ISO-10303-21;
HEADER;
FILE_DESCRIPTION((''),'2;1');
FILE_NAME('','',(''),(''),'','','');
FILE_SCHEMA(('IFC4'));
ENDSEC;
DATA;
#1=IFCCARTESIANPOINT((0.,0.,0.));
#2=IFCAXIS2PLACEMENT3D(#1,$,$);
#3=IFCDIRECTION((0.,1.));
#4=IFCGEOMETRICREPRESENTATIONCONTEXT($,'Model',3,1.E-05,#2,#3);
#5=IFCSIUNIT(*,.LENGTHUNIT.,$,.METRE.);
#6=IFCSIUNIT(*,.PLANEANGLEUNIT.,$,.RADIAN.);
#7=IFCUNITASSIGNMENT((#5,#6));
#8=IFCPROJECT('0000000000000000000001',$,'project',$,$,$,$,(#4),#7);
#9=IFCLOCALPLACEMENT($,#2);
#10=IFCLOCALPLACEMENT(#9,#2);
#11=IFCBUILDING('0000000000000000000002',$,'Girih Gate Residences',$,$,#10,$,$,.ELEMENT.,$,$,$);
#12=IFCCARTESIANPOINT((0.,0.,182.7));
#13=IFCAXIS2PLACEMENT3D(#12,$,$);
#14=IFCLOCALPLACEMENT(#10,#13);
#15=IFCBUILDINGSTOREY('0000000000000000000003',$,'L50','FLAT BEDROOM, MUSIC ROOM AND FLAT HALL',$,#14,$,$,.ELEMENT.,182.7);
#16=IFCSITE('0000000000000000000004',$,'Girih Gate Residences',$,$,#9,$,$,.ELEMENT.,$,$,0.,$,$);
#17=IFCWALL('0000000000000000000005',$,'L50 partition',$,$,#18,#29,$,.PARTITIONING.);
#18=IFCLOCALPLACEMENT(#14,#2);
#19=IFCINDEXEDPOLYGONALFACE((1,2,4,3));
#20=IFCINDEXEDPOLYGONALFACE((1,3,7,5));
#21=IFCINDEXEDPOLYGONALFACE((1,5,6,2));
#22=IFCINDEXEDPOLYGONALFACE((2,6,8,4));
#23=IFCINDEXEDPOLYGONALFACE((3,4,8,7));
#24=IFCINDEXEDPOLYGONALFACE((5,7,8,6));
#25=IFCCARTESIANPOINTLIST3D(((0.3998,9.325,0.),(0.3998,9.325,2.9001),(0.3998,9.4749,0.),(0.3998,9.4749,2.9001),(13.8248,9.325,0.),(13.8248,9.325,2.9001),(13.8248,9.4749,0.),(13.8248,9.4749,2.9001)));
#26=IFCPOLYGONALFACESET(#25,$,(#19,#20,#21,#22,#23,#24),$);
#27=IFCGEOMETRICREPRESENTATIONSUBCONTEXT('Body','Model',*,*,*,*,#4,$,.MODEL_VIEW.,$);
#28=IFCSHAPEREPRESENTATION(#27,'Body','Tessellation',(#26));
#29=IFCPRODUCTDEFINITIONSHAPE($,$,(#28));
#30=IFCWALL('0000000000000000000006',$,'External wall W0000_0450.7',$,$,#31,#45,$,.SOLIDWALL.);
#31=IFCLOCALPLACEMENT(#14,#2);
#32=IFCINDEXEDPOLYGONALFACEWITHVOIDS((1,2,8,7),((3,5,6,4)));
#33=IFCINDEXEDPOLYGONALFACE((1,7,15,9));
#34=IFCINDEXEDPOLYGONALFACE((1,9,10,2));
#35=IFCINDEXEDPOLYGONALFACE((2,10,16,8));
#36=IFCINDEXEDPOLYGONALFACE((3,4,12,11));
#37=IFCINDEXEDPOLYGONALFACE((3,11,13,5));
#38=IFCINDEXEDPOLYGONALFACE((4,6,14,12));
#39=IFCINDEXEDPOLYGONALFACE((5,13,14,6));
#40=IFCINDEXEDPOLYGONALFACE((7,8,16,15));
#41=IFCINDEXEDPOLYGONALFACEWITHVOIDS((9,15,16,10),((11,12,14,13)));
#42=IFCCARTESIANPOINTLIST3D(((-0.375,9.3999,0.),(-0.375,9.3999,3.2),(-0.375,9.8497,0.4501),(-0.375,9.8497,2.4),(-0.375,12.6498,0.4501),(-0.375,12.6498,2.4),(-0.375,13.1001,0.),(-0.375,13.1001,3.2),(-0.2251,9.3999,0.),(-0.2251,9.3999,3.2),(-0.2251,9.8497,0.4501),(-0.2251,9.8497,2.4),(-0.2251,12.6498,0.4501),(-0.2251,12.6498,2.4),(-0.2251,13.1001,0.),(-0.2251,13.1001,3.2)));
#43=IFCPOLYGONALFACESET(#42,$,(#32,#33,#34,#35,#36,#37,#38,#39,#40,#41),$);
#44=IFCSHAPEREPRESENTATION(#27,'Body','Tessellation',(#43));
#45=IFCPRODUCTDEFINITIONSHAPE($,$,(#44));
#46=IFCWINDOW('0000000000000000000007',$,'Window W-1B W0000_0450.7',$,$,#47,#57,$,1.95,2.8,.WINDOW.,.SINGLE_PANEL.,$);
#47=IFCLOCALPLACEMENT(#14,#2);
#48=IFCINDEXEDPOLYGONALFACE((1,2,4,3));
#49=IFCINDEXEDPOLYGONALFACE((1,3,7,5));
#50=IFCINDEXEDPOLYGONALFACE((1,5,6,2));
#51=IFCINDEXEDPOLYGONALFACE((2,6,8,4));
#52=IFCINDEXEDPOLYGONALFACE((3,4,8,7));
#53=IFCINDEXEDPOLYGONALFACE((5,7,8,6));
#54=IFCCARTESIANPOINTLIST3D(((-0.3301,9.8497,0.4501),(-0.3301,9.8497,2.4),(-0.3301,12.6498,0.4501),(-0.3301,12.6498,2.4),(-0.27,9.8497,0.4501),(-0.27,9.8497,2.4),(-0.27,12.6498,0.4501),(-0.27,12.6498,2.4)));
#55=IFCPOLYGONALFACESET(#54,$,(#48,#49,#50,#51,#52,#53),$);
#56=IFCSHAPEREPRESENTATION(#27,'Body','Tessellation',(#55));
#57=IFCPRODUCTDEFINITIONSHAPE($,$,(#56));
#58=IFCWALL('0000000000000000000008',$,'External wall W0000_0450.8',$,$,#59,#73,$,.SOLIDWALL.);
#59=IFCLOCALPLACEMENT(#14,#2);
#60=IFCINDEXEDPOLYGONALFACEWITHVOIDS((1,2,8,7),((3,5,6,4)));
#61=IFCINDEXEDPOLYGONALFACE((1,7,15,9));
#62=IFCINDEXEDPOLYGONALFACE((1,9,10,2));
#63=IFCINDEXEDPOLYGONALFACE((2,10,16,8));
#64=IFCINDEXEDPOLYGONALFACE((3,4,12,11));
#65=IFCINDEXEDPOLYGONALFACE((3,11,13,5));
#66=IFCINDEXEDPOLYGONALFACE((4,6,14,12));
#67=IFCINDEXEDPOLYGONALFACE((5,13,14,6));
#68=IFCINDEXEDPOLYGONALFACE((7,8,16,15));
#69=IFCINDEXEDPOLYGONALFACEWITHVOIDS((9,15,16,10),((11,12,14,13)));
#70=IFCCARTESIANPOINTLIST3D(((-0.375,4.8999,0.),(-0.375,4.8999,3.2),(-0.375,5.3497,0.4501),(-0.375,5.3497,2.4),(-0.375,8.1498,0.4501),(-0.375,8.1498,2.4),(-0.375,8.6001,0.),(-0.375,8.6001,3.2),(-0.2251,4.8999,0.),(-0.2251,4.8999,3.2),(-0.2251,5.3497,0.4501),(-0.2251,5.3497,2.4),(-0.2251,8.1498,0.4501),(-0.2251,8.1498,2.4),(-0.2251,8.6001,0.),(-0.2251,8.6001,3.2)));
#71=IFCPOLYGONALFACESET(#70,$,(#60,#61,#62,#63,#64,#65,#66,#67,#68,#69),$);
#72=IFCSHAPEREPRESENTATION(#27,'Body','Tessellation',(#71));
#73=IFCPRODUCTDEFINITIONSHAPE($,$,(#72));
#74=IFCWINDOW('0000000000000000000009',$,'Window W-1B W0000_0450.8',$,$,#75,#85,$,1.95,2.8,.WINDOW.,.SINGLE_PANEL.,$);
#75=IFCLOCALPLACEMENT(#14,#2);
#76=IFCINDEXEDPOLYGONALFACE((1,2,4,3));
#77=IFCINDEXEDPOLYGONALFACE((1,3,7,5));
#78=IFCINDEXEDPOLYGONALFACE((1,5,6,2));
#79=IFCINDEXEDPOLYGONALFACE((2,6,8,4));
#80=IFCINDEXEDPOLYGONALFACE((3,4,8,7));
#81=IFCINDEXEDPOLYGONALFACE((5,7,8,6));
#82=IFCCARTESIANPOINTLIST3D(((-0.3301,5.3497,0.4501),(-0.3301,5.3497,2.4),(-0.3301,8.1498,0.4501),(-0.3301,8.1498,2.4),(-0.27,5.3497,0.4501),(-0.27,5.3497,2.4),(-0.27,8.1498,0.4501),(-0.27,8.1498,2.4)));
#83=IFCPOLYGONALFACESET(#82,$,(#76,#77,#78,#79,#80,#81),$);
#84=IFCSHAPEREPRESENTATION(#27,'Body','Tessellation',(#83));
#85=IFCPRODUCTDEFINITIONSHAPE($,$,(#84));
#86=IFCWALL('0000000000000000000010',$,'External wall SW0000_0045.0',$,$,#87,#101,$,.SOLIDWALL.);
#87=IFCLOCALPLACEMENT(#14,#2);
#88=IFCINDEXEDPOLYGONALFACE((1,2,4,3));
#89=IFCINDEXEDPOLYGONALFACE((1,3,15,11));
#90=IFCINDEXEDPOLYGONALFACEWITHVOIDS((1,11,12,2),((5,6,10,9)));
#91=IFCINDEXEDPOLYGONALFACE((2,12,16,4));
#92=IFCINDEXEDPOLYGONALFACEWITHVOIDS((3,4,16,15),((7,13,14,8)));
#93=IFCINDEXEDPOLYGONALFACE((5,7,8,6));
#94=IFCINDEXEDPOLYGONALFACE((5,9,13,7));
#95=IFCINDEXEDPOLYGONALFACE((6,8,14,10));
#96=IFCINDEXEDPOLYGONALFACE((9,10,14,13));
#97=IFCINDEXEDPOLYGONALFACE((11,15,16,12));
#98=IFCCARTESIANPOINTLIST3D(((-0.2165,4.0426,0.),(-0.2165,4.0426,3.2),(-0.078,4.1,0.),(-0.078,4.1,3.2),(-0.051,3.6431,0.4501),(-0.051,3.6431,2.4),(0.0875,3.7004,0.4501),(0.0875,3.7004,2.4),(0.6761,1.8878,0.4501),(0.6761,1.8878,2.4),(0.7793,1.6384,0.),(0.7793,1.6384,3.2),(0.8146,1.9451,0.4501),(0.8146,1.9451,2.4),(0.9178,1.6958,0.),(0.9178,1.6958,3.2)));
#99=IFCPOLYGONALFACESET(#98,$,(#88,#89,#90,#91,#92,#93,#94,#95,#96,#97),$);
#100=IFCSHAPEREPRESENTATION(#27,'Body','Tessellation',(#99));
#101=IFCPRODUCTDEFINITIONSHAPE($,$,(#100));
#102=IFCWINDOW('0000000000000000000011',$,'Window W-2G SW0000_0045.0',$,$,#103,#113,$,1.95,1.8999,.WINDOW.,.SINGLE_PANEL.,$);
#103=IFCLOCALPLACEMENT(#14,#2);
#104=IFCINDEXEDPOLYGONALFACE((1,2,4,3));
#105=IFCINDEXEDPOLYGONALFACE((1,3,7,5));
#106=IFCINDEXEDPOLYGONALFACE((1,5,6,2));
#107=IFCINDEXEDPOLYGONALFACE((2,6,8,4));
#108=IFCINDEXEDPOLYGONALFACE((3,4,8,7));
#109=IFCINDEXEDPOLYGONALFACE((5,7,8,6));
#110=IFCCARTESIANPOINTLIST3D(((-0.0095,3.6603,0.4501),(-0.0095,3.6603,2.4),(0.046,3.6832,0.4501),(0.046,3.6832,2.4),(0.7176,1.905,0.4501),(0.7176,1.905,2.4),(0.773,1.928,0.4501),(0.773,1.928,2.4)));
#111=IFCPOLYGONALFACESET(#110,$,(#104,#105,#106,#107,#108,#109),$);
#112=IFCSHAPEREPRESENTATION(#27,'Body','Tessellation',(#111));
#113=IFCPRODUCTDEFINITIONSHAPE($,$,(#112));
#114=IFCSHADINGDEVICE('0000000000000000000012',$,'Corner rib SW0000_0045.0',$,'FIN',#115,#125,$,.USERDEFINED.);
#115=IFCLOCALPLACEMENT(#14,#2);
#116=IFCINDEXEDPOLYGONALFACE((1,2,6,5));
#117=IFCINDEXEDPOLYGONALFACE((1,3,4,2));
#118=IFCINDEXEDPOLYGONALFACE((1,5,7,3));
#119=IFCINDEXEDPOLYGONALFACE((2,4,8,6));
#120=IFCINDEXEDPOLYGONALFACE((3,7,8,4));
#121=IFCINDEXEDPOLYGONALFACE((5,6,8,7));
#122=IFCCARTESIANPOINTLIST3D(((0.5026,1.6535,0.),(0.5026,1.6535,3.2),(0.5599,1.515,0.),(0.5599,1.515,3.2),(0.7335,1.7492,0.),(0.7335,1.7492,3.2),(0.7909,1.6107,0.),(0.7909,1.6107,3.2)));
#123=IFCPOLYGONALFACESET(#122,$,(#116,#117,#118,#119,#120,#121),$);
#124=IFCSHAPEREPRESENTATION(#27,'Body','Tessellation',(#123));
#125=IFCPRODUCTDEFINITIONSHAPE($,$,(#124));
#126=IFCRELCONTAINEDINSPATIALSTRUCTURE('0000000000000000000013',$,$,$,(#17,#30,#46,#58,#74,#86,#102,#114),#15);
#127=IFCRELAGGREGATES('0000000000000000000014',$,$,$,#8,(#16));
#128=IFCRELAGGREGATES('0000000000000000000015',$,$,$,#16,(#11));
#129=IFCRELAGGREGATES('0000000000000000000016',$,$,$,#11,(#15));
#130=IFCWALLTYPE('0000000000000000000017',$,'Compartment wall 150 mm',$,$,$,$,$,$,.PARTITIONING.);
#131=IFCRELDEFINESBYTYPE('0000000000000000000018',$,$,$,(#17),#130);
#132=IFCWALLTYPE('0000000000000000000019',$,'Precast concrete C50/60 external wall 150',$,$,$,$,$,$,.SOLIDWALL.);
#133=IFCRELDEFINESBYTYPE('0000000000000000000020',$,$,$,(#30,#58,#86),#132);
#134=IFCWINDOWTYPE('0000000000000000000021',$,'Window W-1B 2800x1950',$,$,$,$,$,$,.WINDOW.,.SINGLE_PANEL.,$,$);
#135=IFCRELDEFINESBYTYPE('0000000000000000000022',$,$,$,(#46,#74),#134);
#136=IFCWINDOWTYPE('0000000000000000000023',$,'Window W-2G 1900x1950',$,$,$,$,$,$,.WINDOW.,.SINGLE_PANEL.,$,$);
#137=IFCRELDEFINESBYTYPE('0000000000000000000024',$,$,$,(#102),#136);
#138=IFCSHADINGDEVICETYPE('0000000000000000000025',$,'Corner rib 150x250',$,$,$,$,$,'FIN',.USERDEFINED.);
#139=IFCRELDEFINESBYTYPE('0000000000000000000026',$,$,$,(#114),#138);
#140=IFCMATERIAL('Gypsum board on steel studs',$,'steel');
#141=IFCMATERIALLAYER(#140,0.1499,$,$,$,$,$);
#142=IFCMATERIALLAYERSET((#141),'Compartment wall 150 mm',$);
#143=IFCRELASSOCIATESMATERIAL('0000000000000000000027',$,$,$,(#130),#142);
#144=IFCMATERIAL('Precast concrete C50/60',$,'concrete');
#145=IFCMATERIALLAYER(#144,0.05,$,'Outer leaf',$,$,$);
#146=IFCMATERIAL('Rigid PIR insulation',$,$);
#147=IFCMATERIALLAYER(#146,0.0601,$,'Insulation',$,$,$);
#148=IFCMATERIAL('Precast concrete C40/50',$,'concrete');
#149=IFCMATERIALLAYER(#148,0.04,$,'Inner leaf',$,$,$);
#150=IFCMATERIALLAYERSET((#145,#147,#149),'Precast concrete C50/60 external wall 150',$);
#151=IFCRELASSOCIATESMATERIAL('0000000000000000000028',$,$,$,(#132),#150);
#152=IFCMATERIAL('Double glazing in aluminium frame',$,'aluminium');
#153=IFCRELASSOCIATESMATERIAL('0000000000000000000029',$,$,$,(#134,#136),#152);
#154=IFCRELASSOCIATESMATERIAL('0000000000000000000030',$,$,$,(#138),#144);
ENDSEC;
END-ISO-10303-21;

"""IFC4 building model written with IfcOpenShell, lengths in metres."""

from ifc_helpers import new_model, si_unit, direction, frame, frame_2d, origin, origin_2d, place, context, subcontext, project, spatial, rectangle, extrude, material, layer, layer_set, type_object, element, fill, save


model = new_model("IFC4")

# Units and contexts
model_context = context("Model", 3, precision=1e-05, world=origin(), true_north=direction((0.0, 1.0)))
body_context = subcontext(model_context, "Body", "Model", "MODEL_VIEW")
ifc_project = project(units=[si_unit("LENGTHUNIT", "METRE"), si_unit("PLANEANGLEUNIT", "RADIAN")], contexts=[model_context])

# Site, building, storey
site_placement = place(None, origin())
site = spatial("IfcSite", under=ifc_project, at=site_placement, Name="Girih Gate Residences", CompositionType="ELEMENT", RefElevation=0.0)
building_placement = place(site_placement, origin())
building = spatial("IfcBuilding", under=site, at=building_placement, Name="Girih Gate Residences", CompositionType="ELEMENT")
storey_placement = place(building_placement, frame((0.0, 0.0, 182.7)))
storey = spatial("IfcBuildingStorey", under=building, at=storey_placement, Name="L50", Description="FLAT BEDROOM, MUSIC ROOM AND FLAT HALL", CompositionType="ELEMENT", Elevation=182.7)

# Wall
ifc_material_1 = material(Name="Gypsum board on steel studs", Category="steel")
ifc_layer_1 = layer(ifc_material_1, 0.1499)
ifc_layer_set_1 = layer_set([ifc_layer_1], Name="Compartment wall 150 mm")
wall_type_1 = type_object("IfcWallType", Name="Compartment wall 150 mm", PredefinedType="PARTITIONING", material=ifc_layer_set_1)
wall_1_placement = place(storey_placement, frame((0.3999, 9.3999, 0.0), z_axis=(0.0, 0.0, 1.0), x_axis=(1.0, 0.0, 0.0)))
element("IfcWall", 1, at=wall_1_placement, inside=storey, type_object=wall_type_1, Name="L50 partition", PredefinedType="PARTITIONING", context=body_context, shape_type="SweptSolid", body=[
    extrude(rectangle(XDim=13.425, YDim=0.1499, at=frame_2d((6.7124, 0.0))), origin(), (0.0, 0.0, 1.0), 2.9001),
])

# Walls, openings, windows
ifc_material_2 = material(Name="Precast concrete C50/60", Category="concrete")
ifc_layer_2 = layer(ifc_material_2, 0.05, Name="Outer leaf")
ifc_material_3 = material(Name="Rigid PIR insulation")
ifc_layer_3 = layer(ifc_material_3, 0.0601, Name="Insulation")
ifc_material_4 = material(Name="Precast concrete C40/50", Category="concrete")
ifc_layer_4 = layer(ifc_material_4, 0.04, Name="Inner leaf")
ifc_layer_set_2 = layer_set([ifc_layer_2, ifc_layer_3, ifc_layer_4], Name="Precast concrete C50/60 external wall 150")
wall_type_2 = type_object("IfcWallType", Name="Precast concrete C50/60 external wall 150", PredefinedType="SOLIDWALL", material=ifc_layer_set_2)
wall_2_placement = place(storey_placement, frame((-0.3, 9.3999, 0.0), z_axis=(0.0, 0.0, 1.0), x_axis=(0.0, 1.0, 0.0)))
wall_2 = element("IfcWall", 2, at=wall_2_placement, inside=storey, type_object=wall_type_2, Name="External wall W0000_0450.7", PredefinedType="SOLIDWALL", context=body_context, shape_type="SweptSolid", body=[
    extrude(rectangle(XDim=3.7002, YDim=0.1499, at=frame_2d((1.8501, 0.0))), origin(), (0.0, 0.0, 1.0), 3.2),
])
opening_1_placement = place(wall_2_placement, frame((0.45, 0.0, 0.45)))
opening_1 = element("IfcOpeningElement", 3, at=opening_1_placement, cuts=wall_2, PredefinedType="OPENING", context=body_context, shape_type="SweptSolid", body=[
    extrude(rectangle(XDim=2.8, YDim=1.95, at=frame_2d((1.3999, 0.9751))), frame((0.0, 0.085, 0.0), z_axis=(0.0, -1.0, 0.0), x_axis=(1.0, 0.0, 0.0)), (0.0, 0.0, 1.0), 0.1699),
])
ifc_material_5 = material(Name="Double glazing in aluminium frame", Category="aluminium")
window_type_1 = type_object("IfcWindowType", Name="Window W-1B 2800x1950", PartitioningType="SINGLE_PANEL", PredefinedType="WINDOW", material=ifc_material_5)
window_1_placement = place(opening_1_placement, origin())
window_1 = element("IfcWindow", 4, at=window_1_placement, inside=storey, type_object=window_type_1, Name="Window W-1B W0000_0450.7", OverallHeight=1.95, OverallWidth=2.8, PartitioningType="SINGLE_PANEL", PredefinedType="WINDOW", context=body_context, shape_type="SweptSolid", body=[
    extrude(rectangle(XDim=2.8, YDim=1.95, at=frame_2d((1.3999, 0.9751))), frame((0.0, 0.03, 0.0), z_axis=(0.0, -1.0, 0.0), x_axis=(1.0, 0.0, 0.0)), (0.0, 0.0, 1.0), 0.0601),
])
fill(opening_1, window_1)
wall_3_placement = place(storey_placement, frame((-0.3, 4.8999, 0.0), z_axis=(0.0, 0.0, 1.0), x_axis=(0.0, 1.0, 0.0)))
wall_3 = element("IfcWall", 5, at=wall_3_placement, inside=storey, type_object=wall_type_2, Name="External wall W0000_0450.8", PredefinedType="SOLIDWALL", context=body_context, shape_type="SweptSolid", body=[
    extrude(rectangle(XDim=3.7002, YDim=0.1499, at=frame_2d((1.8501, 0.0))), origin(), (0.0, 0.0, 1.0), 3.2),
])
opening_2_placement = place(wall_3_placement, frame((0.45, 0.0, 0.45)))
opening_2 = element("IfcOpeningElement", 6, at=opening_2_placement, cuts=wall_3, PredefinedType="OPENING", context=body_context, shape_type="SweptSolid", body=[
    extrude(rectangle(XDim=2.8, YDim=1.95, at=frame_2d((1.3999, 0.9751))), frame((0.0, 0.085, 0.0), z_axis=(0.0, -1.0, 0.0), x_axis=(1.0, 0.0, 0.0)), (0.0, 0.0, 1.0), 0.1699),
])
window_2_placement = place(opening_2_placement, origin())
window_2 = element("IfcWindow", 7, at=window_2_placement, inside=storey, type_object=window_type_1, Name="Window W-1B W0000_0450.8", OverallHeight=1.95, OverallWidth=2.8, PartitioningType="SINGLE_PANEL", PredefinedType="WINDOW", context=body_context, shape_type="SweptSolid", body=[
    extrude(rectangle(XDim=2.8, YDim=1.95, at=frame_2d((1.3999, 0.9751))), frame((0.0, 0.03, 0.0), z_axis=(0.0, -1.0, 0.0), x_axis=(1.0, 0.0, 0.0)), (0.0, 0.0, 1.0), 0.0601),
])
fill(opening_2, window_2)
wall_4_placement = place(storey_placement, frame((0.8486, 1.667, 0.0), z_axis=(0.0, 0.0, 1.0), x_axis=(-0.382669, 0.923885, 0.0)))
wall_4 = element("IfcWall", 8, at=wall_4_placement, inside=storey, type_object=wall_type_2, Name="External wall SW0000_0045.0", PredefinedType="SOLIDWALL", context=body_context, shape_type="SweptSolid", body=[
    extrude(rectangle(XDim=2.6023, YDim=0.1499, at=frame_2d((1.3013, 0.0))), origin(), (0.0, 0.0, 1.0), 3.2),
])
opening_3_placement = place(wall_4_placement, frame((0.27, 0.0, 0.45)))
opening_3 = element("IfcOpeningElement", 9, at=opening_3_placement, cuts=wall_4, PredefinedType="OPENING", context=body_context, shape_type="SweptSolid", body=[
    extrude(rectangle(XDim=1.8999, YDim=1.95, at=frame_2d((0.95, 0.9751))), frame((0.0, 0.085, 0.0), z_axis=(0.0, -1.0, 0.0), x_axis=(1.0, 0.0, 0.0)), (0.0, 0.0, 1.0), 0.1699),
])
window_type_2 = type_object("IfcWindowType", Name="Window W-2G 1900x1950", PartitioningType="SINGLE_PANEL", PredefinedType="WINDOW", material=ifc_material_5)
window_3_placement = place(opening_3_placement, origin())
window_3 = element("IfcWindow", 10, at=window_3_placement, inside=storey, type_object=window_type_2, Name="Window W-2G SW0000_0045.0", OverallHeight=1.95, OverallWidth=1.8999, PartitioningType="SINGLE_PANEL", PredefinedType="WINDOW", context=body_context, shape_type="SweptSolid", body=[
    extrude(rectangle(XDim=1.8999, YDim=1.95, at=frame_2d((0.95, 0.9751))), frame((0.0, 0.03, 0.0), z_axis=(0.0, -1.0, 0.0), x_axis=(1.0, 0.0, 0.0)), (0.0, 0.0, 1.0), 0.0601),
])
fill(opening_3, window_3)

# Shading device
shading_device_type = type_object("IfcShadingDeviceType", Name="Corner rib 150x250", ElementType="FIN", PredefinedType="USERDEFINED", material=ifc_material_2)
shading_device_placement = place(storey_placement, frame((0.6467, 1.6321, 0.0), z_axis=(0.0, 0.0, 1.0), x_axis=(0.382683, -0.92388, 0.0)))
element("IfcShadingDevice", 11, at=shading_device_placement, inside=storey, type_object=shading_device_type, Name="Corner rib SW0000_0045.0", ObjectType="FIN", PredefinedType="USERDEFINED", context=body_context, shape_type="SweptSolid", body=[
    extrude(rectangle(XDim=0.1499, YDim=0.25, at=origin_2d()), origin(), (0.0, 0.0, 1.0), 3.2),
])

save(model, "model.ifc")
